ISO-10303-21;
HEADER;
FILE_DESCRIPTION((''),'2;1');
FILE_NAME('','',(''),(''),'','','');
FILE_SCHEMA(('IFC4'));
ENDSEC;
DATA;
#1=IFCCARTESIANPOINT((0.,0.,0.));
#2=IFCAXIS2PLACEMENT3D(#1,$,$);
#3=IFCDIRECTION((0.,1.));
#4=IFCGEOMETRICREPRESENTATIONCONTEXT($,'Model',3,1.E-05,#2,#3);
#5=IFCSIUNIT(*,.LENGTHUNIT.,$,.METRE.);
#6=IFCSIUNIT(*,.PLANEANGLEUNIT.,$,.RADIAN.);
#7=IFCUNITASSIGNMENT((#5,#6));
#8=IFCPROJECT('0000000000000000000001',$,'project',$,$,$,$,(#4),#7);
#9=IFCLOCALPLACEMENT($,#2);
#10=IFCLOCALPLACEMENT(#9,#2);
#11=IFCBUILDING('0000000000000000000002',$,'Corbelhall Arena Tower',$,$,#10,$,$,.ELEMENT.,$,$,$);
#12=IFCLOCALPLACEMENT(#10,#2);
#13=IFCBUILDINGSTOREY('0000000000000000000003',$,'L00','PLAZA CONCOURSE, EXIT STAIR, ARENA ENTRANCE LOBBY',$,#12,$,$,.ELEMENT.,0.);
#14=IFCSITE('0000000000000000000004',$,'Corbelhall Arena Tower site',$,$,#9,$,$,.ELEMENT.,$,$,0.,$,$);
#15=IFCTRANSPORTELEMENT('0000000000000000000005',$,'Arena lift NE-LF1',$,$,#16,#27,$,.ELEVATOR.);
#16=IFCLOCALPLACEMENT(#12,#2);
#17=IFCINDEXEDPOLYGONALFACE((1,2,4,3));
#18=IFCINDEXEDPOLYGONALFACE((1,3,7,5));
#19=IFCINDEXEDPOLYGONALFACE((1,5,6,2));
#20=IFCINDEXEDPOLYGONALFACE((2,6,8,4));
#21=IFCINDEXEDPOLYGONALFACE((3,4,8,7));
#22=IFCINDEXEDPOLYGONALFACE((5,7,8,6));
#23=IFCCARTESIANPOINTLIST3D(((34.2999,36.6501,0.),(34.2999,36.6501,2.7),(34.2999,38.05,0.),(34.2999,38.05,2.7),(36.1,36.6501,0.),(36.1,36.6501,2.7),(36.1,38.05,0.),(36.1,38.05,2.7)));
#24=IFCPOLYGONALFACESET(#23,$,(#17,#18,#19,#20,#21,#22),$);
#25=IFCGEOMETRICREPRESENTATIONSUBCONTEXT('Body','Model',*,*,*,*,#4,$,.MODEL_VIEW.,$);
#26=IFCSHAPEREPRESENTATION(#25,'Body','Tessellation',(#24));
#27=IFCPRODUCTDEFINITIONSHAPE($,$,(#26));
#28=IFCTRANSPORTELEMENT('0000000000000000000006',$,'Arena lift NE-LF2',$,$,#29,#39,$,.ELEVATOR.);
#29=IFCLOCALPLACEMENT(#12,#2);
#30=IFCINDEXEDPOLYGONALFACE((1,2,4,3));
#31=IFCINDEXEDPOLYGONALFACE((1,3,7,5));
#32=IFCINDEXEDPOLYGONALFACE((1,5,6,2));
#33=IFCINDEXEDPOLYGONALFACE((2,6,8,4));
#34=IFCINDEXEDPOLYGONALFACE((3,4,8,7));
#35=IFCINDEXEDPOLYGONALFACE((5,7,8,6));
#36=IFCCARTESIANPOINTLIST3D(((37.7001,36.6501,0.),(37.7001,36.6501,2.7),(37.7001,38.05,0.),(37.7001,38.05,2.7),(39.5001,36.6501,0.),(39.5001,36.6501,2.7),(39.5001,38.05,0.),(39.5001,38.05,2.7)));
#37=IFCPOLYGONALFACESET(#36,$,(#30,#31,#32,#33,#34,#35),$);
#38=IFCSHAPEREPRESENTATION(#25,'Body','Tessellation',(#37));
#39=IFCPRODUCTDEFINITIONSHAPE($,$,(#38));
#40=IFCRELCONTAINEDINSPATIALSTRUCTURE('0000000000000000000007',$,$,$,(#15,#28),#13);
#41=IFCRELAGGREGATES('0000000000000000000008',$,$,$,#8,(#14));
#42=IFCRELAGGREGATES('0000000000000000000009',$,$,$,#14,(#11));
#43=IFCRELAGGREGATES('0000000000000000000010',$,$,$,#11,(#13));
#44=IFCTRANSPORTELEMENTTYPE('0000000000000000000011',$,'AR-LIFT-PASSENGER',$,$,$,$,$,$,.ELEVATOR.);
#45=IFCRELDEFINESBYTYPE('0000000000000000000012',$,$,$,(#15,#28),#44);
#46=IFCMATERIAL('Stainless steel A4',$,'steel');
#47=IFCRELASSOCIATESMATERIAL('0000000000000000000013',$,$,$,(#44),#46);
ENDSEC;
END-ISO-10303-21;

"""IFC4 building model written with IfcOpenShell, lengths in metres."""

from ifc_helpers import new_model, si_unit, direction, frame, origin, origin_2d, place, context, subcontext, project, spatial, rectangle, extrude, material, type_object, element, save


model = new_model("IFC4")

# Units and contexts
model_context = context("Model", 3, precision=1e-05, world=origin(), true_north=direction((0.0, 1.0)))
body_context = subcontext(model_context, "Body", "Model", "MODEL_VIEW")
ifc_project = project(units=[si_unit("LENGTHUNIT", "METRE"), si_unit("PLANEANGLEUNIT", "RADIAN")], contexts=[model_context])

# Site, building, storey
site_placement = place(None, origin())
site = spatial("IfcSite", under=ifc_project, at=site_placement, Name="Corbelhall Arena Tower site", CompositionType="ELEMENT", RefElevation=0.0)
building_placement = place(site_placement, origin())
building = spatial("IfcBuilding", under=site, at=building_placement, Name="Corbelhall Arena Tower", CompositionType="ELEMENT")
storey_placement = place(building_placement, origin())
storey = spatial("IfcBuildingStorey", under=building, at=storey_placement, Name="L00", Description="PLAZA CONCOURSE, EXIT STAIR, ARENA ENTRANCE LOBBY", CompositionType="ELEMENT", Elevation=0.0)

# Shared definitions
ifc_material_1 = material(Name="Stainless steel A4", Category="steel")

# Transport elements
transport_element_type_1 = type_object("IfcTransportElementType", Name="AR-LIFT-PASSENGER", PredefinedType="ELEVATOR", material=ifc_material_1)
for number, where, z_axis, x_axis, name in (
    (1, (35.2, 37.3501, 0.0), (0.0, 0.0, 1.0), (1.0, 0.0, 0.0), "Arena lift NE-LF1"),
    (2, (38.6001, 37.3501, 0.0), (0.0, 0.0, 1.0), (1.0, 0.0, 0.0), "Arena lift NE-LF2"),
):
    element("IfcTransportElement", number, at=place(storey_placement, frame(where, z_axis=z_axis, x_axis=x_axis)), inside=storey, type_object=transport_element_type_1, Name=name, PredefinedType="ELEVATOR", context=body_context, shape_type="SweptSolid", body=[
        extrude(rectangle(XDim=1.8, YDim=1.3999, at=origin_2d()), origin(), (0.0, 0.0, 1.0), 2.7),
    ])

save(model, "model.ifc")
